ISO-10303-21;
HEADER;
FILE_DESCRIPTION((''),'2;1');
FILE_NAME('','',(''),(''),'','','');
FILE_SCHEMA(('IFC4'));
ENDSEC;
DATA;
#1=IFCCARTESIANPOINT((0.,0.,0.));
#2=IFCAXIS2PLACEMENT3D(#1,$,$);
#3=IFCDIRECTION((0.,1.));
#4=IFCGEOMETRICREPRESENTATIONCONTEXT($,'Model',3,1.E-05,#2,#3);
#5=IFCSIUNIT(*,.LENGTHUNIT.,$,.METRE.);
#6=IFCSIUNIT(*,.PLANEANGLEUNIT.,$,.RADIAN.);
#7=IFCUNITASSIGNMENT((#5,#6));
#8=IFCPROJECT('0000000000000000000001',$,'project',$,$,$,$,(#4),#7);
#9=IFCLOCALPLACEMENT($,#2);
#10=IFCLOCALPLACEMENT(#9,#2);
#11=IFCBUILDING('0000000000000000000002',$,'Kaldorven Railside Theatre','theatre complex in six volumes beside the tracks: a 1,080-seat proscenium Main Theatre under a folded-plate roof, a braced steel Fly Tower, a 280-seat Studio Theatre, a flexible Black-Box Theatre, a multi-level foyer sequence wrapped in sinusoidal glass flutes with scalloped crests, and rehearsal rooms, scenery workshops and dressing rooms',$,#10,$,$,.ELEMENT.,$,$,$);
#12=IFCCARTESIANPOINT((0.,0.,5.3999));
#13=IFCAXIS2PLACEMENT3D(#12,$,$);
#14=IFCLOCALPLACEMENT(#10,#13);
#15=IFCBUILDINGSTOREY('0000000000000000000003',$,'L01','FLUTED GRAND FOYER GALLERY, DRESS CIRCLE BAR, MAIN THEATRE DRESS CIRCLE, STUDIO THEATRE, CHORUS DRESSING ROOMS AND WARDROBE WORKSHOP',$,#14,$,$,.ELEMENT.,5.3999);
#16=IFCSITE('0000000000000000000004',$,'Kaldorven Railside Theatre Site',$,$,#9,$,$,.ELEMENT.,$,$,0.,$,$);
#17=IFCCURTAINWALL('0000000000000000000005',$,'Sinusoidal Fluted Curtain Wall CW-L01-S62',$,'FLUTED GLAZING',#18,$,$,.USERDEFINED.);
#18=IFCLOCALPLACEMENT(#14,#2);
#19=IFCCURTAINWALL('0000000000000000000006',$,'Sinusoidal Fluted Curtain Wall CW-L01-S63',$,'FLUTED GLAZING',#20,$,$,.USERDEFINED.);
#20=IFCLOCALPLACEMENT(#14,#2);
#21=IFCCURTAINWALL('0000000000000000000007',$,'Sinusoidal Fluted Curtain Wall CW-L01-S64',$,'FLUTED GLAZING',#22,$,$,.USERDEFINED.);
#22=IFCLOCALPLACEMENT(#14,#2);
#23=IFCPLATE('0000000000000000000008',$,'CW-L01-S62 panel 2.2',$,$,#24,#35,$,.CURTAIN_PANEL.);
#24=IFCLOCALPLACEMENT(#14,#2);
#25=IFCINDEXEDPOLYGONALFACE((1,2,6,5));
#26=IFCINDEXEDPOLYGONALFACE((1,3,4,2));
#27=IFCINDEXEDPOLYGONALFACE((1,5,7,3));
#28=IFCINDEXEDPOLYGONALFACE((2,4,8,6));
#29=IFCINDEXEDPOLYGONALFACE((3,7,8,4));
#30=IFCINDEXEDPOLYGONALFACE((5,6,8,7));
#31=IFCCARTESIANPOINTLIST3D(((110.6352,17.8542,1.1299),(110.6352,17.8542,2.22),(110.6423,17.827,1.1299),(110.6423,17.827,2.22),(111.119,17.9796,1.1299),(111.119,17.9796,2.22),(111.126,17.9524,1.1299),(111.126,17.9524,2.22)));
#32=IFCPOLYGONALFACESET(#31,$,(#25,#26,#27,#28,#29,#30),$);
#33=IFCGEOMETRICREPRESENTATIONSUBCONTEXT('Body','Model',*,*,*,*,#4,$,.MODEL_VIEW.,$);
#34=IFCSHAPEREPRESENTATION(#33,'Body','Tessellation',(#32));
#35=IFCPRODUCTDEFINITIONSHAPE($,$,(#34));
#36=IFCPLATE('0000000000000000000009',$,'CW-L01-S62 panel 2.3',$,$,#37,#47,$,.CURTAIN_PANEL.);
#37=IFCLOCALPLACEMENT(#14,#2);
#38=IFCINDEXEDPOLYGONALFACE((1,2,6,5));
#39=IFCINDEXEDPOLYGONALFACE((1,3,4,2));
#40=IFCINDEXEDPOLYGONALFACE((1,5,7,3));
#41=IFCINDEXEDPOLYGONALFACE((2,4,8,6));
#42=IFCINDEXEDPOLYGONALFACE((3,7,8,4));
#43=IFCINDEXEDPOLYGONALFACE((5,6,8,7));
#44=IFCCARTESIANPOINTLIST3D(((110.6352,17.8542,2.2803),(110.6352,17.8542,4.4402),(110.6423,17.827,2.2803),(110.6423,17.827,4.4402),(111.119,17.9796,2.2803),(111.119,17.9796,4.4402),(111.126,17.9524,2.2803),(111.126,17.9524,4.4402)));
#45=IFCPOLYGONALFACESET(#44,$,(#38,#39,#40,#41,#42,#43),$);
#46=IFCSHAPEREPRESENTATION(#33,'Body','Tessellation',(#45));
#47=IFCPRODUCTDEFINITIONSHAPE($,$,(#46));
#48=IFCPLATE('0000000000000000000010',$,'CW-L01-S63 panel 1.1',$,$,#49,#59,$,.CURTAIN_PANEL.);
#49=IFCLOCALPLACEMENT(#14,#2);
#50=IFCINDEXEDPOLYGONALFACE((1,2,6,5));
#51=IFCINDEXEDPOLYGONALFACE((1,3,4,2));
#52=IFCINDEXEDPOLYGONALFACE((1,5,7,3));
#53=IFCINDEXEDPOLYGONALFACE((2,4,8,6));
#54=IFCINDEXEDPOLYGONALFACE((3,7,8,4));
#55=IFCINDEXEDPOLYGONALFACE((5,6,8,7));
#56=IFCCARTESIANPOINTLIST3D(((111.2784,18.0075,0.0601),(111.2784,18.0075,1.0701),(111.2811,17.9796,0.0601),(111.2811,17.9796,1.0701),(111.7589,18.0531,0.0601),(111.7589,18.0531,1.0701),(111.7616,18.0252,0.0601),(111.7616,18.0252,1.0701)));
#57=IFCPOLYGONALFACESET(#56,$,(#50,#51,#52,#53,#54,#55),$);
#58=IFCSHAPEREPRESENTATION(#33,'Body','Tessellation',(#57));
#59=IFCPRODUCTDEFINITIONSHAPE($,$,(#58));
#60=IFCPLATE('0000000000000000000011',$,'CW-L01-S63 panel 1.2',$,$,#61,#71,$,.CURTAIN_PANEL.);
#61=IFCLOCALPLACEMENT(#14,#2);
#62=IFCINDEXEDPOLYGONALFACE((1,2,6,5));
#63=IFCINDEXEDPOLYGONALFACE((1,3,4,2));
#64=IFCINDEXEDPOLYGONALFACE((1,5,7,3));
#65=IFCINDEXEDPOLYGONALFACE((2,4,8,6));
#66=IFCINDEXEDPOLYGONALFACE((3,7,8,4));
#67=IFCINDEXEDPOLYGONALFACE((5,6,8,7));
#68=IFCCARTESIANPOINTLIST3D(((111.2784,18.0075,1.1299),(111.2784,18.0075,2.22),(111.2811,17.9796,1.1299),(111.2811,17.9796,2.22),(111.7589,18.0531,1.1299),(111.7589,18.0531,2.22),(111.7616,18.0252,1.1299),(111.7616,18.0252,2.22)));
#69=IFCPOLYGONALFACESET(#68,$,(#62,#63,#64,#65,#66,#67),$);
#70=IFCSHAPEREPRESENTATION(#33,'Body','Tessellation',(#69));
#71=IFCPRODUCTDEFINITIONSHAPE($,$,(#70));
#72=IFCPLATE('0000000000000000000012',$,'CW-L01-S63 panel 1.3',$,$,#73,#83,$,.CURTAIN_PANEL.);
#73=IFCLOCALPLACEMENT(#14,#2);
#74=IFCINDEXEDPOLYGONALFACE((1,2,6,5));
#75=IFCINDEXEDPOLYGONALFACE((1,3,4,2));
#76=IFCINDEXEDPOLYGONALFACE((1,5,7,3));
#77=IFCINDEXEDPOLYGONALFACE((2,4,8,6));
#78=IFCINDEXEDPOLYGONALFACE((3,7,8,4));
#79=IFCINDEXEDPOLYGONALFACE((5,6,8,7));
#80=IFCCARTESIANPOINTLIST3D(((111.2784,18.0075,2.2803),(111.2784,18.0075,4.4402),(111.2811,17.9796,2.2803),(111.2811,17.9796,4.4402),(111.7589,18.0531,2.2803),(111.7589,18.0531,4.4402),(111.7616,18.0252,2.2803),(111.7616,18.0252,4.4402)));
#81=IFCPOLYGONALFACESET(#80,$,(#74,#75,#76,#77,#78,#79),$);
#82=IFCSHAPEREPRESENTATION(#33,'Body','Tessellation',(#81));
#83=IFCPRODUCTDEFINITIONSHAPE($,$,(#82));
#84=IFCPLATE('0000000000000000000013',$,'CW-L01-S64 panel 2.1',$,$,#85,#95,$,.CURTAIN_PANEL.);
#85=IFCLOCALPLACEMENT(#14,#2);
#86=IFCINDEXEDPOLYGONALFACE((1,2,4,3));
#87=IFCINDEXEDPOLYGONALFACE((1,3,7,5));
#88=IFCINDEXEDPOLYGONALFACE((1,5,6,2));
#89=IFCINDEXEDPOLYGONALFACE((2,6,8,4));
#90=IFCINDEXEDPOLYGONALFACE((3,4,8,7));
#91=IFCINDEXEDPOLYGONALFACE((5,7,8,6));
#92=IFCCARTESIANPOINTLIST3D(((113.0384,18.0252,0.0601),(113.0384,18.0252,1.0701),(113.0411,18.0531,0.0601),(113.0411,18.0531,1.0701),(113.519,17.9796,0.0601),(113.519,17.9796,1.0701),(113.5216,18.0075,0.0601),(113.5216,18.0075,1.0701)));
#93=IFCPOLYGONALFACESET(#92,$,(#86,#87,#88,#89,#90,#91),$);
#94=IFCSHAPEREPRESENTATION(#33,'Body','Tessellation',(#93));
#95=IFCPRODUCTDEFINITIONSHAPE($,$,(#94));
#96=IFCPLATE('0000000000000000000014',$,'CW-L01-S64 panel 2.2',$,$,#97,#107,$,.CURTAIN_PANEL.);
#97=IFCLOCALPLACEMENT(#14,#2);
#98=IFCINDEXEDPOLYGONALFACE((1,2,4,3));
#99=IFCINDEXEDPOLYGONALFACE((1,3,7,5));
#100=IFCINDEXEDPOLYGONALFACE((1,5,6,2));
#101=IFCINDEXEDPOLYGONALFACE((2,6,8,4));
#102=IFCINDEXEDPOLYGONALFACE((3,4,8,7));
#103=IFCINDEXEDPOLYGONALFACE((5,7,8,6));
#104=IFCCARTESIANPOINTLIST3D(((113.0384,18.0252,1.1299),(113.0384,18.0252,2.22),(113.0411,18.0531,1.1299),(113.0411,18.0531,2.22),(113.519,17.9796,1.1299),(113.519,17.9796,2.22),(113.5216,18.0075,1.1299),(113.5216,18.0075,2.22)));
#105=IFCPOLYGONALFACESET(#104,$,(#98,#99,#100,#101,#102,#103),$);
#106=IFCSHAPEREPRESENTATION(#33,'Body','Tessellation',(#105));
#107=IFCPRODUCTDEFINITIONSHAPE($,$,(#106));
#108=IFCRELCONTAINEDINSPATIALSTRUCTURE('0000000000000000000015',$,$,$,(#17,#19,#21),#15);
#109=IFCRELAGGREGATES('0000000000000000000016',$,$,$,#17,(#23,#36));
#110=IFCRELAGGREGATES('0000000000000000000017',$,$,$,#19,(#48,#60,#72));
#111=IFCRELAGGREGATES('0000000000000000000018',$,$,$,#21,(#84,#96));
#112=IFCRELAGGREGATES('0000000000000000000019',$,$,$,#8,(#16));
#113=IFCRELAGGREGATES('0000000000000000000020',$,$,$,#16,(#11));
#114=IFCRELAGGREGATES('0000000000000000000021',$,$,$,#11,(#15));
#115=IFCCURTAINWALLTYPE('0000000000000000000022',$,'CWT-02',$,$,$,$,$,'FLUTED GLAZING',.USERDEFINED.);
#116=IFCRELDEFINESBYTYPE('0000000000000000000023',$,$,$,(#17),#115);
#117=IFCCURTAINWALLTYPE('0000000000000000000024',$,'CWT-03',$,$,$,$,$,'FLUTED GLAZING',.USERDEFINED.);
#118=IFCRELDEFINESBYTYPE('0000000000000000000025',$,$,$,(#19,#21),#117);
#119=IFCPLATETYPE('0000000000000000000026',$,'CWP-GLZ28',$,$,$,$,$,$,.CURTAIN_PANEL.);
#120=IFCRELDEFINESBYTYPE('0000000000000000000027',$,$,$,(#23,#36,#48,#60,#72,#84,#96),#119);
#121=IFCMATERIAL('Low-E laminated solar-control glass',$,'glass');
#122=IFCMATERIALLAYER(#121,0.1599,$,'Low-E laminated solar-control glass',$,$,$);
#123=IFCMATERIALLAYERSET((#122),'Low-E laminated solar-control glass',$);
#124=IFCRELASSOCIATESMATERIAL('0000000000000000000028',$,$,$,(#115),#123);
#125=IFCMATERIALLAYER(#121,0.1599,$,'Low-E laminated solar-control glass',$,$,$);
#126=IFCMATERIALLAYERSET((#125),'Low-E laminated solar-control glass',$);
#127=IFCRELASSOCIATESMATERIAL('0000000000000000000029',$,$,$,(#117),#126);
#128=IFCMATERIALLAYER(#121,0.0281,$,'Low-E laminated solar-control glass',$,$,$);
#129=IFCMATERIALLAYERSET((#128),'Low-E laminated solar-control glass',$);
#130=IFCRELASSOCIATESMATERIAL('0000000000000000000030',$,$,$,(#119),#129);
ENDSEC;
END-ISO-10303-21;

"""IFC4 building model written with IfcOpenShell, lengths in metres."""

from ifc_helpers import new_model, si_unit, direction, frame, origin, origin_2d, place, context, subcontext, project, spatial, rectangle, extrude, material, layer, layer_set, type_object, element, aggregate, save


model = new_model("IFC4")

# Units and contexts
model_context = context("Model", 3, precision=1e-05, world=origin(), true_north=direction((0.0, 1.0)))
body_context = subcontext(model_context, "Body", "Model", "MODEL_VIEW")
ifc_project = project(units=[si_unit("LENGTHUNIT", "METRE"), si_unit("PLANEANGLEUNIT", "RADIAN")], contexts=[model_context])

# Site, building, storey
site_placement = place(None, origin())
site = spatial("IfcSite", under=ifc_project, at=site_placement, Name="Kaldorven Railside Theatre Site", CompositionType="ELEMENT", RefElevation=0.0)
building_placement = place(site_placement, origin())
building = spatial("IfcBuilding", under=site, at=building_placement, Name="Kaldorven Railside Theatre", Description="theatre complex in six volumes beside the tracks: a 1,080-seat proscenium Main Theatre under a folded-plate roof, a braced steel Fly Tower, a 280-seat Studio Theatre, a flexible Black-Box Theatre, a multi-level foyer sequence wrapped in sinusoidal glass flutes with scalloped crests, and rehearsal rooms, scenery workshops and dressing rooms", CompositionType="ELEMENT")
storey_placement = place(building_placement, frame((0.0, 0.0, 5.3999)))
storey = spatial("IfcBuildingStorey", under=building, at=storey_placement, Name="L01", Description="FLUTED GRAND FOYER GALLERY, DRESS CIRCLE BAR, MAIN THEATRE DRESS CIRCLE, STUDIO THEATRE, CHORUS DRESSING ROOMS AND WARDROBE WORKSHOP", CompositionType="ELEMENT", Elevation=5.3999)

# Curtain wall
ifc_material_1 = material(Name="Low-E laminated solar-control glass", Category="glass")
ifc_layer_1 = layer(ifc_material_1, 0.1599, Name="Low-E laminated solar-control glass")
ifc_layer_set_1 = layer_set([ifc_layer_1], Name="Low-E laminated solar-control glass")
curtain_wall_type_1 = type_object("IfcCurtainWallType", Name="CWT-02", ElementType="FLUTED GLAZING", PredefinedType="USERDEFINED", material=ifc_layer_set_1)
curtain_wall_1_placement = place(storey_placement, origin())
curtain_wall_1 = element("IfcCurtainWall", 1, at=curtain_wall_1_placement, inside=storey, type_object=curtain_wall_type_1, Name="Sinusoidal Fluted Curtain Wall CW-L01-S62", ObjectType="FLUTED GLAZING", PredefinedType="USERDEFINED")

# Curtain walls
ifc_layer_2 = layer(ifc_material_1, 0.1599, Name="Low-E laminated solar-control glass")
ifc_layer_set_2 = layer_set([ifc_layer_2], Name="Low-E laminated solar-control glass")
curtain_wall_type_2 = type_object("IfcCurtainWallType", Name="CWT-03", ElementType="FLUTED GLAZING", PredefinedType="USERDEFINED", material=ifc_layer_set_2)
curtain_wall_2_placement = place(storey_placement, origin())
curtain_wall_2 = element("IfcCurtainWall", 2, at=curtain_wall_2_placement, inside=storey, type_object=curtain_wall_type_2, Name="Sinusoidal Fluted Curtain Wall CW-L01-S63", ObjectType="FLUTED GLAZING", PredefinedType="USERDEFINED")
curtain_wall_3_placement = place(storey_placement, origin())
curtain_wall_3 = element("IfcCurtainWall", 3, at=curtain_wall_3_placement, inside=storey, type_object=curtain_wall_type_2, Name="Sinusoidal Fluted Curtain Wall CW-L01-S64", ObjectType="FLUTED GLAZING", PredefinedType="USERDEFINED")

# Plates
ifc_layer_3 = layer(ifc_material_1, 0.0281, Name="Low-E laminated solar-control glass")
ifc_layer_set_3 = layer_set([ifc_layer_3], Name="Low-E laminated solar-control glass")
plate_type = type_object("IfcPlateType", Name="CWP-GLZ28", PredefinedType="CURTAIN_PANEL", material=ifc_layer_set_3)
plate_1_placement = place(storey_placement, frame((110.8806, 17.9033, 1.1299), z_axis=(0.0, 0.0, 1.0), x_axis=(0.967999, 0.250954, 0.0)))
plate_1 = element("IfcPlate", 4, at=plate_1_placement, type_object=plate_type, Name="CW-L01-S62 panel 2.2", PredefinedType="CURTAIN_PANEL", context=body_context, shape_type="SweptSolid", body=[
    extrude(rectangle(XDim=0.4998, YDim=0.0281, at=origin_2d()), origin(), (0.0, 0.0, 1.0), 1.0901),
])
plate_2_placement = place(storey_placement, frame((110.8806, 17.9033, 2.2803), z_axis=(0.0, 0.0, 1.0), x_axis=(0.967999, 0.250954, 0.0)))
plate_2 = element("IfcPlate", 5, at=plate_2_placement, type_object=plate_type, Name="CW-L01-S62 panel 2.3", PredefinedType="CURTAIN_PANEL", context=body_context, shape_type="SweptSolid", body=[
    extrude(rectangle(XDim=0.4998, YDim=0.0281, at=origin_2d()), origin(), (0.0, 0.0, 1.0), 2.1599),
])
aggregate(curtain_wall_1, [plate_1, plate_2])
plate_3_placement = place(storey_placement, frame((111.52, 18.0164, 0.0601), z_axis=(0.0, 0.0, 1.0), x_axis=(0.995526, 0.094492, 0.0)))
plate_3 = element("IfcPlate", 6, at=plate_3_placement, type_object=plate_type, Name="CW-L01-S63 panel 1.1", PredefinedType="CURTAIN_PANEL", context=body_context, shape_type="SweptSolid", body=[
    extrude(rectangle(XDim=0.4827, YDim=0.0281, at=origin_2d()), origin(), (0.0, 0.0, 1.0), 1.01),
])
plate_4_placement = place(storey_placement, frame((111.52, 18.0164, 1.1299), z_axis=(0.0, 0.0, 1.0), x_axis=(0.995526, 0.094492, 0.0)))
plate_4 = element("IfcPlate", 7, at=plate_4_placement, type_object=plate_type, Name="CW-L01-S63 panel 1.2", PredefinedType="CURTAIN_PANEL", context=body_context, shape_type="SweptSolid", body=[
    extrude(rectangle(XDim=0.4827, YDim=0.0281, at=origin_2d()), origin(), (0.0, 0.0, 1.0), 1.0901),
])
plate_5_placement = place(storey_placement, frame((111.52, 18.0164, 2.2803), z_axis=(0.0, 0.0, 1.0), x_axis=(0.995526, 0.094492, 0.0)))
plate_5 = element("IfcPlate", 8, at=plate_5_placement, type_object=plate_type, Name="CW-L01-S63 panel 1.3", PredefinedType="CURTAIN_PANEL", context=body_context, shape_type="SweptSolid", body=[
    extrude(rectangle(XDim=0.4827, YDim=0.0281, at=origin_2d()), origin(), (0.0, 0.0, 1.0), 2.1599),
])
aggregate(curtain_wall_2, [plate_3, plate_4, plate_5])
plate_6_placement = place(storey_placement, frame((113.28, 18.0164, 0.0601), z_axis=(0.0, 0.0, 1.0), x_axis=(0.995526, -0.094492, 0.0)))
plate_6 = element("IfcPlate", 9, at=plate_6_placement, type_object=plate_type, Name="CW-L01-S64 panel 2.1", PredefinedType="CURTAIN_PANEL", context=body_context, shape_type="SweptSolid", body=[
    extrude(rectangle(XDim=0.4827, YDim=0.0281, at=origin_2d()), origin(), (0.0, 0.0, 1.0), 1.01),
])
plate_7_placement = place(storey_placement, frame((113.28, 18.0164, 1.1299), z_axis=(0.0, 0.0, 1.0), x_axis=(0.995526, -0.094492, 0.0)))
plate_7 = element("IfcPlate", 10, at=plate_7_placement, type_object=plate_type, Name="CW-L01-S64 panel 2.2", PredefinedType="CURTAIN_PANEL", context=body_context, shape_type="SweptSolid", body=[
    extrude(rectangle(XDim=0.4827, YDim=0.0281, at=origin_2d()), origin(), (0.0, 0.0, 1.0), 1.0901),
])
aggregate(curtain_wall_3, [plate_6, plate_7])

save(model, "model.ifc")
